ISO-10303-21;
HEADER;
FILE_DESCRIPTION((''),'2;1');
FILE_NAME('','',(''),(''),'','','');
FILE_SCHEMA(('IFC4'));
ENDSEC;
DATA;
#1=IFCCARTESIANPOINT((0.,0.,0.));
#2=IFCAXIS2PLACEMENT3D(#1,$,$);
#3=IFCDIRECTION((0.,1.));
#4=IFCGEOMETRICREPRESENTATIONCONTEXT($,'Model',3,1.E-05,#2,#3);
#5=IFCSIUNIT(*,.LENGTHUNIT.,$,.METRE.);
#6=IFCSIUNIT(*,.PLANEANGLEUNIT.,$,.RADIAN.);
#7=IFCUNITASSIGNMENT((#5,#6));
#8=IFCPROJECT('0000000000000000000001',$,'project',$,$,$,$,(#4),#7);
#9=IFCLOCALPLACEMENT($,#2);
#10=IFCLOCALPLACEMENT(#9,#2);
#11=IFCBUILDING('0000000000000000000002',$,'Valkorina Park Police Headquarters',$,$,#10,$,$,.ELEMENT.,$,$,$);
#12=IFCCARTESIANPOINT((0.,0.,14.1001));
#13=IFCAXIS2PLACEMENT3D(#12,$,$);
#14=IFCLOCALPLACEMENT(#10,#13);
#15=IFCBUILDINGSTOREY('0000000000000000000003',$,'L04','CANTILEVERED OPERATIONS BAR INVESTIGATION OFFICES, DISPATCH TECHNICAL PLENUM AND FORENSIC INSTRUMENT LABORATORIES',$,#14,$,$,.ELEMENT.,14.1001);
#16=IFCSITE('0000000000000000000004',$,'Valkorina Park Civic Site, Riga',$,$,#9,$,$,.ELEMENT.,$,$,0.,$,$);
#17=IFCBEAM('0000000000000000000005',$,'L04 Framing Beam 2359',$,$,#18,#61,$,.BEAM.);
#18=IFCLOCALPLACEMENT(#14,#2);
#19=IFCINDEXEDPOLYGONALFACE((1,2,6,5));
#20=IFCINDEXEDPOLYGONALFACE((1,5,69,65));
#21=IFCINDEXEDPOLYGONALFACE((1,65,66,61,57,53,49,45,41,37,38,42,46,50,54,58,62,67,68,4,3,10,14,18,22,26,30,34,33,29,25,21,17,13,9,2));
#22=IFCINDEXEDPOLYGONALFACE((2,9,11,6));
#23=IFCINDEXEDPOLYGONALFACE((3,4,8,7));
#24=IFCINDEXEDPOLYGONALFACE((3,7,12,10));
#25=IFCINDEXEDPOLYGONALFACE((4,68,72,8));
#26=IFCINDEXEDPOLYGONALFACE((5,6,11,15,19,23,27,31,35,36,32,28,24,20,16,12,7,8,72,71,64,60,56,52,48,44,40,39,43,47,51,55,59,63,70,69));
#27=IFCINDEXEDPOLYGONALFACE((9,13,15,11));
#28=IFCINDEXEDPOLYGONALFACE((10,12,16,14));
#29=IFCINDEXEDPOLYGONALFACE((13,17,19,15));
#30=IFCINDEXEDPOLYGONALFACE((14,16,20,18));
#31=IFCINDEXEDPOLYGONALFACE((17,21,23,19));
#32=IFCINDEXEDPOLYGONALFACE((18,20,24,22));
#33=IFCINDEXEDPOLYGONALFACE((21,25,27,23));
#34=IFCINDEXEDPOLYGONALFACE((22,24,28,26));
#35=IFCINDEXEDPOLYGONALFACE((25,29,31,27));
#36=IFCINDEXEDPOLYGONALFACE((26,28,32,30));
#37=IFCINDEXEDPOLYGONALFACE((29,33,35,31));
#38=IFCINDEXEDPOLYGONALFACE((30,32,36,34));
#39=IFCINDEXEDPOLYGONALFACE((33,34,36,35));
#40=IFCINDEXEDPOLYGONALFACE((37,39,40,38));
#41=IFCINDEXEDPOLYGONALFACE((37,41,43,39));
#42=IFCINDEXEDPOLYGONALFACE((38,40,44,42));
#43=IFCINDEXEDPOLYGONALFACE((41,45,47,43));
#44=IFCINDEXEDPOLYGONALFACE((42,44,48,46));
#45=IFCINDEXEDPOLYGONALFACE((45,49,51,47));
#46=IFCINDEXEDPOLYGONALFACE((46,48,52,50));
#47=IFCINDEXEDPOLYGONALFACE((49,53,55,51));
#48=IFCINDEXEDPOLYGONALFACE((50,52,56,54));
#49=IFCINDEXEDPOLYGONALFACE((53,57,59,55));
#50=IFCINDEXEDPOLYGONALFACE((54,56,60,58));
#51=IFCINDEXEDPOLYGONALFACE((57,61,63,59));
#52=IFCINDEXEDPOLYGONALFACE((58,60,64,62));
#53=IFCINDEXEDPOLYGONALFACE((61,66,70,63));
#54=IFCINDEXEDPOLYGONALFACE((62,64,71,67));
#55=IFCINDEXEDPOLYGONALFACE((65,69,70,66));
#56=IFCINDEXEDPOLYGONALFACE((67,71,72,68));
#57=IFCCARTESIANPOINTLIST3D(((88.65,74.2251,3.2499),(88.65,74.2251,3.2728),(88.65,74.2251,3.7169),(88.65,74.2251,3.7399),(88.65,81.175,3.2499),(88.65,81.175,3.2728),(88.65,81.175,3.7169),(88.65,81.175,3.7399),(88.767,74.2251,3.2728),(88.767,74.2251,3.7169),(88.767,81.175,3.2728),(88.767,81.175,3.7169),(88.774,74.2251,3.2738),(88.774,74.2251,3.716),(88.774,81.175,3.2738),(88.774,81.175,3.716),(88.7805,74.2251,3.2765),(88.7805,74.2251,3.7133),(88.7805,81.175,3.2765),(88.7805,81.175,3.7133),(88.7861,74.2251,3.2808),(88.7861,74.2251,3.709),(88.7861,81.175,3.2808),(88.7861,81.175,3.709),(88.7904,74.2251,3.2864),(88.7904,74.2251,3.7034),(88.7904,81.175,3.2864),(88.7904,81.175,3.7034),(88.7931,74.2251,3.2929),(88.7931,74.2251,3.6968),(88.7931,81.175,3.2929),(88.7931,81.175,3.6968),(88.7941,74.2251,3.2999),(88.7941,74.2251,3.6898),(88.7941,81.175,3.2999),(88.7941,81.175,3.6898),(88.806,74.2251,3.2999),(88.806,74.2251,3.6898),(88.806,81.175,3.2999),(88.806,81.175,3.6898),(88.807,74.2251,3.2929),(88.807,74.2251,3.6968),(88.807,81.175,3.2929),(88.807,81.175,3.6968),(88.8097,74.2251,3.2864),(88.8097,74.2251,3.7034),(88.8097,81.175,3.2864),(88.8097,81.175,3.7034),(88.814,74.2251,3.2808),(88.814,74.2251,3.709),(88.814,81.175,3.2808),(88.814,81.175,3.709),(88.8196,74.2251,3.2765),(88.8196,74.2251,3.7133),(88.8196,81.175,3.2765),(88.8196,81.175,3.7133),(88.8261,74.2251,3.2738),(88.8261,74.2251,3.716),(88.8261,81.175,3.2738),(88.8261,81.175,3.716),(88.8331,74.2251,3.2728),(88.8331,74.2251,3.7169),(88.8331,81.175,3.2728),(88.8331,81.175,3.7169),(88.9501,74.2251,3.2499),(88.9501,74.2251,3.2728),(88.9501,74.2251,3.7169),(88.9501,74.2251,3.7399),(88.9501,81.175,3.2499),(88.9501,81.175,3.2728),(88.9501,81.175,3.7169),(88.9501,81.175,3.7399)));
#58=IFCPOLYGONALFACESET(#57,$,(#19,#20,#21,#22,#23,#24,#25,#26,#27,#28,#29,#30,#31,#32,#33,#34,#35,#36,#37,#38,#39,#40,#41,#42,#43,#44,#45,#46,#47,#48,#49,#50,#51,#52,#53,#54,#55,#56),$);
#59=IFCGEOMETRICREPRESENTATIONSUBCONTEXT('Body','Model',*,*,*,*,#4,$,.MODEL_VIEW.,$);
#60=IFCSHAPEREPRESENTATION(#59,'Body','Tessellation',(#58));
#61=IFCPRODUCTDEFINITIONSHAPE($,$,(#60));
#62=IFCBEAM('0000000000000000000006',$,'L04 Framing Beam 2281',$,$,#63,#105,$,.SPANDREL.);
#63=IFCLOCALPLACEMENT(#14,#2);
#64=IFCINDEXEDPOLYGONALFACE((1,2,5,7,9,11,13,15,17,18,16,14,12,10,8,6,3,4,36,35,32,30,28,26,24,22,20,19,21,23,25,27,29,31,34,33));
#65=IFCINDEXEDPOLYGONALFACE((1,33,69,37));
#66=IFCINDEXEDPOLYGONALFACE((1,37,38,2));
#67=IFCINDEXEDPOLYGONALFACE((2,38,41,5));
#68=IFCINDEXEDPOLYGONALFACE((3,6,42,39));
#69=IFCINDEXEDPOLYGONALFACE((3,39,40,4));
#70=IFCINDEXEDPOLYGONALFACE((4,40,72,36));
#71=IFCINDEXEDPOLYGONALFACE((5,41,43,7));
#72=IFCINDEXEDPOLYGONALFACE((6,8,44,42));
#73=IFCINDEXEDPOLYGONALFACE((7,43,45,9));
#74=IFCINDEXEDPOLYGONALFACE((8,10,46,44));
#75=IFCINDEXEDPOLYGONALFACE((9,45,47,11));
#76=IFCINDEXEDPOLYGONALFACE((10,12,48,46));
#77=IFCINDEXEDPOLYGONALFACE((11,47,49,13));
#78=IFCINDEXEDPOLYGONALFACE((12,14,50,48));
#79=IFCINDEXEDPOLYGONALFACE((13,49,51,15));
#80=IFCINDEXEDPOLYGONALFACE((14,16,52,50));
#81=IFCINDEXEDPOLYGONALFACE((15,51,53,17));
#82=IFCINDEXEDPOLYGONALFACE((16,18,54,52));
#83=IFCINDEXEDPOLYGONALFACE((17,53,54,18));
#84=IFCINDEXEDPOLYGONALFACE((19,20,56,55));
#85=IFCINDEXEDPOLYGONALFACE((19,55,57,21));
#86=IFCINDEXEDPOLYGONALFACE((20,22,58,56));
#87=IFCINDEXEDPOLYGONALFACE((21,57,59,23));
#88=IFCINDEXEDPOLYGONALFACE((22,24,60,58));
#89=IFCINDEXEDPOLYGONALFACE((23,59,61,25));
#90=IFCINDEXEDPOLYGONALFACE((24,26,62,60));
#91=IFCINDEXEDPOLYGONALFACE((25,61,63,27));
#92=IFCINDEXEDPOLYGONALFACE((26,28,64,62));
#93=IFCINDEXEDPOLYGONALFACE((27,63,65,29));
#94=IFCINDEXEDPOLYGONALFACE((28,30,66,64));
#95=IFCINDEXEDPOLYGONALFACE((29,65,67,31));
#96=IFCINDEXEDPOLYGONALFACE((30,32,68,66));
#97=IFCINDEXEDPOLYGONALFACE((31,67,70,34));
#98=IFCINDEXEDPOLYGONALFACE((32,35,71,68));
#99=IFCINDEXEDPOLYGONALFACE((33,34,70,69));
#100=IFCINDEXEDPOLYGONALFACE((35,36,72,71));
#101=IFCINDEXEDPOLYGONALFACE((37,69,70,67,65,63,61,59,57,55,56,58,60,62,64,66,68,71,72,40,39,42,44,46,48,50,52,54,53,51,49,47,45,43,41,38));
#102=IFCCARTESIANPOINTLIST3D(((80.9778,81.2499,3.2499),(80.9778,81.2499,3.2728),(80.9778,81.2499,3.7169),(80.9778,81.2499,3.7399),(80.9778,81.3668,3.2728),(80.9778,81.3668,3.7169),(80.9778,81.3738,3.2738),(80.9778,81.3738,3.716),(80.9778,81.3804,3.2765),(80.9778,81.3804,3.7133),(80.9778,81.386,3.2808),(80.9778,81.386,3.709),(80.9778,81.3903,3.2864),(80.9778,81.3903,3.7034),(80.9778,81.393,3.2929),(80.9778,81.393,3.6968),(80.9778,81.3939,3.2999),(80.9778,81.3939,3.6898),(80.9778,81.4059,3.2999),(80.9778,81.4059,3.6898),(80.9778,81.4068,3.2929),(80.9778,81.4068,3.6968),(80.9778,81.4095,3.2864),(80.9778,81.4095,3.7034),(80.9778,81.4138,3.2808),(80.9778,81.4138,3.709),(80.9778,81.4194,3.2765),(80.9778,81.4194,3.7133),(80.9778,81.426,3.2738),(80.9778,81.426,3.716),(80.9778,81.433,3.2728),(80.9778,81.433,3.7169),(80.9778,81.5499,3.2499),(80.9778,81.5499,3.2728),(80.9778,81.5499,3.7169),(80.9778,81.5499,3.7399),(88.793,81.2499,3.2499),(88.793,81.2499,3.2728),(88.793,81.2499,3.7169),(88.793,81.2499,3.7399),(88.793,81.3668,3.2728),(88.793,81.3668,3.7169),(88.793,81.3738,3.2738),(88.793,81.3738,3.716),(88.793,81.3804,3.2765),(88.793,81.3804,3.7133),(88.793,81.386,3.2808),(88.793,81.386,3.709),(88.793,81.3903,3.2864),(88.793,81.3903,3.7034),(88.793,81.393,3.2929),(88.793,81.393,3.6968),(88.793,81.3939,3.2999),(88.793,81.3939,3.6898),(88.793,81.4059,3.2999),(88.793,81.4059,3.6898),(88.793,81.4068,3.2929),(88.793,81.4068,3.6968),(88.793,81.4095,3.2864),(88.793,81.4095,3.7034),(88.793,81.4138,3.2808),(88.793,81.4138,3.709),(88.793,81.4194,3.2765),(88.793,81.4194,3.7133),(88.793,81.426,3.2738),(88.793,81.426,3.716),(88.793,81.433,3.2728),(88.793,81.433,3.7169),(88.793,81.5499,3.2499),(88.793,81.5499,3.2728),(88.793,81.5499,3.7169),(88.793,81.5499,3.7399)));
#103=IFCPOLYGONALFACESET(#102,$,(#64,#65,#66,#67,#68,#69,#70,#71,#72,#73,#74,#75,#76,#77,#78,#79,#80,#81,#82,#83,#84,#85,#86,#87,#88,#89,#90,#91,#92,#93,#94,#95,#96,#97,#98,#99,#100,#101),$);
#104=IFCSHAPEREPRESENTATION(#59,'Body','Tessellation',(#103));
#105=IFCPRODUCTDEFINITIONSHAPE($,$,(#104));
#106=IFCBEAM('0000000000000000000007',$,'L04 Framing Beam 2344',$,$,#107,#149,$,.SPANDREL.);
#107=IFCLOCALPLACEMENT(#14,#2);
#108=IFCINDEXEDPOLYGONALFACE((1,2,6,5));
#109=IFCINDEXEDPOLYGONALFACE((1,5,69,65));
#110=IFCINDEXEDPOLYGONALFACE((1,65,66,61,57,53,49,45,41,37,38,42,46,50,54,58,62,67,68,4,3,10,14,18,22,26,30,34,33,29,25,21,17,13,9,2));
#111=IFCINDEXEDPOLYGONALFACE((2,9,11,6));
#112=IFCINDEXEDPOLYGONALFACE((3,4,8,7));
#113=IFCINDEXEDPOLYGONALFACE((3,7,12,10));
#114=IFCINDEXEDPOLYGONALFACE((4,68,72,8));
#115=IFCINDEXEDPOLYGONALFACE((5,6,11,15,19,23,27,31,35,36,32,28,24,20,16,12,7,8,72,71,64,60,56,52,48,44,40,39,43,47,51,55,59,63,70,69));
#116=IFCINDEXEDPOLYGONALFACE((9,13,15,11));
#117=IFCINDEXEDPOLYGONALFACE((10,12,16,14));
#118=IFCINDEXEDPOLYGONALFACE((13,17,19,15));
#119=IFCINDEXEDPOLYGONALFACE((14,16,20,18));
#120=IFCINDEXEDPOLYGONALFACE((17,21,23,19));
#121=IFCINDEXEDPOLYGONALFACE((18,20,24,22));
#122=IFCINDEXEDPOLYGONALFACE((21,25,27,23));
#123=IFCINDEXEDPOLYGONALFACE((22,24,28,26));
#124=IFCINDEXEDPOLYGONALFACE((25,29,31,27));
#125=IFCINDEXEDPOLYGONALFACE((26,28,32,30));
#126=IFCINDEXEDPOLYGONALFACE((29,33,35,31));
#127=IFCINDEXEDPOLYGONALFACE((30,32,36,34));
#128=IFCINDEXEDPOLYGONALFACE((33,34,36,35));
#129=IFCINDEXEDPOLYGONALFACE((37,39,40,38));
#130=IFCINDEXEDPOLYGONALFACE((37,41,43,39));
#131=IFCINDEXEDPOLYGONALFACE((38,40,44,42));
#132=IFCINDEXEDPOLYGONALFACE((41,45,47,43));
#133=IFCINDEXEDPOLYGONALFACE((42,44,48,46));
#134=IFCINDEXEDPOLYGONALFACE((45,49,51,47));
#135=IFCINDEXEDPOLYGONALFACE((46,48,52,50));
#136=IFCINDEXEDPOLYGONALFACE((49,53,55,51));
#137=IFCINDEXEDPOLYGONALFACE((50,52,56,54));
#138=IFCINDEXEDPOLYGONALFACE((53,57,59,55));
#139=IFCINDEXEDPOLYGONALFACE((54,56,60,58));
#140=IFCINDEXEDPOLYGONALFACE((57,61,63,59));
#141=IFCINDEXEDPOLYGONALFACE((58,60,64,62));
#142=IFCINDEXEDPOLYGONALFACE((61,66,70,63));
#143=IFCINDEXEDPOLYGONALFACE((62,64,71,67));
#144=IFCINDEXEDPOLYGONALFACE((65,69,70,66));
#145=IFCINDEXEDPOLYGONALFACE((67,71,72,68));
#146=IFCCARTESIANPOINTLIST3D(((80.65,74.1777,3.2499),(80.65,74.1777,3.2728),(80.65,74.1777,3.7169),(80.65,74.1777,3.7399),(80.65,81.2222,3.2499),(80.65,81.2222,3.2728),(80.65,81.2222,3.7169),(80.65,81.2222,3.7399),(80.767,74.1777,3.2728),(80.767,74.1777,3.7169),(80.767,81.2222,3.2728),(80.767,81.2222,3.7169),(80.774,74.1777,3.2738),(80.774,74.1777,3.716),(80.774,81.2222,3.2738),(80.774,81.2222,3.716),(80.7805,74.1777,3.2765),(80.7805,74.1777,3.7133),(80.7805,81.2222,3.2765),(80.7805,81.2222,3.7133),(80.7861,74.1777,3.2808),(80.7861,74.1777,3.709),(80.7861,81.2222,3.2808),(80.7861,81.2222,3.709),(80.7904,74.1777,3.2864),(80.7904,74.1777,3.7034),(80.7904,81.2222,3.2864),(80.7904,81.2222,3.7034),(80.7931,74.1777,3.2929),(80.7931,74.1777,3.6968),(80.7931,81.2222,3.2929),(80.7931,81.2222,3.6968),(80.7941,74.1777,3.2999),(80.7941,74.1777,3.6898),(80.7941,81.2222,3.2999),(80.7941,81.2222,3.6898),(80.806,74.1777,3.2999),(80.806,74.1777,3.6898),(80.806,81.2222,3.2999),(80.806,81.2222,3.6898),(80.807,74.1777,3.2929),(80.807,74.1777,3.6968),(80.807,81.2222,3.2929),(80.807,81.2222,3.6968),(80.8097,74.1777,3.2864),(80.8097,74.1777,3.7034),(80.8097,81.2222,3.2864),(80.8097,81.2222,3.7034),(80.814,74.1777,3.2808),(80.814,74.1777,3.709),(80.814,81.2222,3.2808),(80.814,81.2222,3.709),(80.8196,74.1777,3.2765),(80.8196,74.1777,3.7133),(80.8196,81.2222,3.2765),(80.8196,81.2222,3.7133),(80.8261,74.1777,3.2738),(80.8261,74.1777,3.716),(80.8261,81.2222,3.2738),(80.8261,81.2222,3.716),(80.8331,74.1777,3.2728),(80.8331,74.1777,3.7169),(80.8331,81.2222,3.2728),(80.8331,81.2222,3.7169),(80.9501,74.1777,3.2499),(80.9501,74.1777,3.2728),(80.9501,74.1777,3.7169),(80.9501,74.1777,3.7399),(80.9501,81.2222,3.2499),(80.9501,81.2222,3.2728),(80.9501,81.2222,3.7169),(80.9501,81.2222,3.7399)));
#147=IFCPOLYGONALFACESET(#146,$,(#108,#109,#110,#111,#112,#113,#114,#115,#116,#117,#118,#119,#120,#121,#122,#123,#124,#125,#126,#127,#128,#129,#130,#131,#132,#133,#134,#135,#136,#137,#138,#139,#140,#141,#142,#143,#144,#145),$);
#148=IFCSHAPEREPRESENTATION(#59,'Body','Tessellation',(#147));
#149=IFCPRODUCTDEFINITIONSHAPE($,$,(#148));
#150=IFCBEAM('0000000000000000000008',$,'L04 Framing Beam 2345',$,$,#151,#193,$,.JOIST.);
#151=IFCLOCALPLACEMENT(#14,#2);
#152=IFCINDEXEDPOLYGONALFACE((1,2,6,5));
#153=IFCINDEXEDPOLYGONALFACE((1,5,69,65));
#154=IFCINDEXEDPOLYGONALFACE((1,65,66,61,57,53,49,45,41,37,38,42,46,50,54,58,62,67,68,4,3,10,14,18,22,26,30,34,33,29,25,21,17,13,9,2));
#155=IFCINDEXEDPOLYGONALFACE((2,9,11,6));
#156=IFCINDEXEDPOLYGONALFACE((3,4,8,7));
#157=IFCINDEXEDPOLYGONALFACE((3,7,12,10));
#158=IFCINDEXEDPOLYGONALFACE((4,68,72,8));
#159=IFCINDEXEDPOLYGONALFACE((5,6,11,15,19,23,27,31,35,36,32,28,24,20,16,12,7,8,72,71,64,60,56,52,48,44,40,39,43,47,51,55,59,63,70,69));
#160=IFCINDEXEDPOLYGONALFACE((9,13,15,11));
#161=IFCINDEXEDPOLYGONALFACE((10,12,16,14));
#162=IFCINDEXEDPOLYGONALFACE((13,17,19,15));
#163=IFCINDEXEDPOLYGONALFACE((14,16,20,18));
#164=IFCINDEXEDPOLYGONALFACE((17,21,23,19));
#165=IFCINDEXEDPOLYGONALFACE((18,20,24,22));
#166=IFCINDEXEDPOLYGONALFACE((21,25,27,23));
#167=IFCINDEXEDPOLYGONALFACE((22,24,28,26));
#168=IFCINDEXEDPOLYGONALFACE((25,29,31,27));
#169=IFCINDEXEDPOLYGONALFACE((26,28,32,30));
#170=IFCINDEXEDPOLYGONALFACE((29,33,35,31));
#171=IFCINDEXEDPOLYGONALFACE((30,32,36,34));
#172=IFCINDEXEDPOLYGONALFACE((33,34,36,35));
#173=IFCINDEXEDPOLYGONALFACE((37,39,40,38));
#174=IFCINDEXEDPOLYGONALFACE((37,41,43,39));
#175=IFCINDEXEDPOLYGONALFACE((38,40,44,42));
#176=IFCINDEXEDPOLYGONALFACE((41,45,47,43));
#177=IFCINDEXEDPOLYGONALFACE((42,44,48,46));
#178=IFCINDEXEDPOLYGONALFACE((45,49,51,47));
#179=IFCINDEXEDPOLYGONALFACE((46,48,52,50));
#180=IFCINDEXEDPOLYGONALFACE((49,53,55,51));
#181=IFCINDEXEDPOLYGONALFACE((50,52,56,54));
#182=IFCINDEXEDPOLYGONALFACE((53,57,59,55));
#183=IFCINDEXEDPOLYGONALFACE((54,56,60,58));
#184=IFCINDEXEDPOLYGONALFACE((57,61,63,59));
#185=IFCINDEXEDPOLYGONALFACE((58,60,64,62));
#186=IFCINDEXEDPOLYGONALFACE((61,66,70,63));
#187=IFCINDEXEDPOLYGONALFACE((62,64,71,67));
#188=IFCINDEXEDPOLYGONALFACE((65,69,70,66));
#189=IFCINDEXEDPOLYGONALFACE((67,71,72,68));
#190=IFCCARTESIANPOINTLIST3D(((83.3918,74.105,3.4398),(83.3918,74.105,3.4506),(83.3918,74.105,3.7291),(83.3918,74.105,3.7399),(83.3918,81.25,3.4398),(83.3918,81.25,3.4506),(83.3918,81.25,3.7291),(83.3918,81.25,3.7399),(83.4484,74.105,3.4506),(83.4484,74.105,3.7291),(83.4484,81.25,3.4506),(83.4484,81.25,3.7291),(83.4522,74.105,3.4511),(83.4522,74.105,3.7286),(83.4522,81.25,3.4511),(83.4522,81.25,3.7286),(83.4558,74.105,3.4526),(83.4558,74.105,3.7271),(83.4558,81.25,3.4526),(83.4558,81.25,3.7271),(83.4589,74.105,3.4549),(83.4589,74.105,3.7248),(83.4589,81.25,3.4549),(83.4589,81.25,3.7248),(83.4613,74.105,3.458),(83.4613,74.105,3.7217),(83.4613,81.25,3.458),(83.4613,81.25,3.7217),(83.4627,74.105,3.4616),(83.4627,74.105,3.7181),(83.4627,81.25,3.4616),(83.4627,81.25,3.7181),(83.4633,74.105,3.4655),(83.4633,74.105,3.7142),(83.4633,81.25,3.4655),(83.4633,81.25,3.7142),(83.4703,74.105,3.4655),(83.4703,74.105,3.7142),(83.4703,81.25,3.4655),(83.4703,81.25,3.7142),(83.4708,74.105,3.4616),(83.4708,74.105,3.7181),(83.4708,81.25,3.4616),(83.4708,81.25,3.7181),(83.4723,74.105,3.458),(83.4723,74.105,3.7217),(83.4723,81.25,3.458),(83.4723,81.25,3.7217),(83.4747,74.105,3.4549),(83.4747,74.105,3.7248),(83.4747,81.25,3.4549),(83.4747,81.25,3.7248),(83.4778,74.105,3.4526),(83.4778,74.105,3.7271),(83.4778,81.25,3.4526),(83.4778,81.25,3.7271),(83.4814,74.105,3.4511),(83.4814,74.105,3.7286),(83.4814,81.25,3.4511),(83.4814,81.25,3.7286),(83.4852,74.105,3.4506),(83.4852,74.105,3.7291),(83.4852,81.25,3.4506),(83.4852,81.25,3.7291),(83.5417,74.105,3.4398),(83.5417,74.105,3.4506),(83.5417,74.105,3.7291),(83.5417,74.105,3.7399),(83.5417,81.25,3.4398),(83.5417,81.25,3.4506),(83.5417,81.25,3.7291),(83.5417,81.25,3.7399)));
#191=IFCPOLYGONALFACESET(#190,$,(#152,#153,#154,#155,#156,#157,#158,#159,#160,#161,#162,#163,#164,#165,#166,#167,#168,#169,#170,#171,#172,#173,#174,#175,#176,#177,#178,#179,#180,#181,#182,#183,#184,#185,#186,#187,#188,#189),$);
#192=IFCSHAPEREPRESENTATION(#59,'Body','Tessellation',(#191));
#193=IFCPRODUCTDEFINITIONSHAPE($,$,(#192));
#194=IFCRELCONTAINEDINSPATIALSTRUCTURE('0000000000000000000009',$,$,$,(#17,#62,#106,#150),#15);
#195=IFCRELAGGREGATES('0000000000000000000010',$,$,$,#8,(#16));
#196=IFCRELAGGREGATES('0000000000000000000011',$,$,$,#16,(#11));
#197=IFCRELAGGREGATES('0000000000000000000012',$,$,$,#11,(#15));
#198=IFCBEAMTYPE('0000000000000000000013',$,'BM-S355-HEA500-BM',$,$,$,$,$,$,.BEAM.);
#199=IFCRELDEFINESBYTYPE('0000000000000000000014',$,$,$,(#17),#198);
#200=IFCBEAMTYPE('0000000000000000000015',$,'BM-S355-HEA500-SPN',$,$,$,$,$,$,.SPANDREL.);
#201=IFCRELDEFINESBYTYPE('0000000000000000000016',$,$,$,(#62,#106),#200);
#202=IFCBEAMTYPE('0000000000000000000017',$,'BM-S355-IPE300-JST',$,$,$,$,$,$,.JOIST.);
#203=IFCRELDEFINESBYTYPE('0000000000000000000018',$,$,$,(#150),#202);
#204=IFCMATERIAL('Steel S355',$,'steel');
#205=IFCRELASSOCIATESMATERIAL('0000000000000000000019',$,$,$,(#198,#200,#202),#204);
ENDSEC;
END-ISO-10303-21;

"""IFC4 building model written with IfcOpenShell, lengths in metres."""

from ifc_helpers import new_model, si_unit, direction, frame, origin, origin_2d, place, context, subcontext, project, spatial, i_section, extrude, material, material_profile, profile_set, type_object, element, save


model = new_model("IFC4")

# Units and contexts
model_context = context("Model", 3, precision=1e-05, world=origin(), true_north=direction((0.0, 1.0)))
body_context = subcontext(model_context, "Body", "Model", "MODEL_VIEW")
ifc_project = project(units=[si_unit("LENGTHUNIT", "METRE"), si_unit("PLANEANGLEUNIT", "RADIAN")], contexts=[model_context])

# Site, building, storey
site_placement = place(None, origin())
site = spatial("IfcSite", under=ifc_project, at=site_placement, Name="Valkorina Park Civic Site, Riga", CompositionType="ELEMENT", RefElevation=0.0)
building_placement = place(site_placement, origin())
building = spatial("IfcBuilding", under=site, at=building_placement, Name="Valkorina Park Police Headquarters", CompositionType="ELEMENT")
storey_placement = place(building_placement, frame((0.0, 0.0, 14.1001)))
storey = spatial("IfcBuildingStorey", under=building, at=storey_placement, Name="L04", Description="CANTILEVERED OPERATIONS BAR INVESTIGATION OFFICES, DISPATCH TECHNICAL PLENUM AND FORENSIC INSTRUMENT LABORATORIES", CompositionType="ELEMENT", Elevation=14.1001)

# Shared definitions
ifc_material_1 = material(Name="Steel S355", Category="steel")

# Beams
ifc_material_profile_1 = material_profile(ifc_material_1, i_section(OverallWidth=0.3, OverallDepth=0.49, WebThickness=0.012, FlangeThickness=0.0229, FilletRadius=0.0271, at=origin_2d()), Name="HEA 500")
ifc_profile_set_1 = profile_set([ifc_material_profile_1], Name="Steel S355")
beam_type_1 = type_object("IfcBeamType", Name="BM-S355-HEA500-BM", PredefinedType="BEAM", material=ifc_profile_set_1)
beam_1_placement = place(storey_placement, frame((88.8, 74.2251, 3.4949), z_axis=(0.0, 1.0, 0.0), x_axis=(-1.0, 0.0, 0.0)))
element("IfcBeam", 1, at=beam_1_placement, inside=storey, type_object=beam_type_1, Name="L04 Framing Beam 2359", PredefinedType="BEAM", context=body_context, shape_type="SweptSolid", body=[
    extrude(i_section(OverallWidth=0.3, OverallDepth=0.49, WebThickness=0.012, FlangeThickness=0.0229, FilletRadius=0.0271, at=origin_2d()), origin(), (0.0, 0.0, 1.0), 6.95),
])
ifc_material_profile_2 = material_profile(ifc_material_1, i_section(OverallWidth=0.3, OverallDepth=0.49, WebThickness=0.012, FlangeThickness=0.0229, FilletRadius=0.0271, at=origin_2d()), Name="HEA 500")
ifc_profile_set_2 = profile_set([ifc_material_profile_2], Name="Steel S355")
beam_type_2 = type_object("IfcBeamType", Name="BM-S355-HEA500-SPN", PredefinedType="SPANDREL", material=ifc_profile_set_2)
beam_2_placement = place(storey_placement, frame((80.9778, 81.3999, 3.4949), z_axis=(1.0, 0.0, 0.0), x_axis=(0.0, 1.0, 0.0)))
element("IfcBeam", 2, at=beam_2_placement, inside=storey, type_object=beam_type_2, Name="L04 Framing Beam 2281", PredefinedType="SPANDREL", context=body_context, shape_type="SweptSolid", body=[
    extrude(i_section(OverallWidth=0.3, OverallDepth=0.49, WebThickness=0.012, FlangeThickness=0.0229, FilletRadius=0.0271, at=origin_2d()), origin(), (0.0, 0.0, 1.0), 7.8152),
])
beam_3_placement = place(storey_placement, frame((80.8, 74.1777, 3.4949), z_axis=(0.0, 1.0, 0.0), x_axis=(-1.0, 0.0, 0.0)))
element("IfcBeam", 3, at=beam_3_placement, inside=storey, type_object=beam_type_2, Name="L04 Framing Beam 2344", PredefinedType="SPANDREL", context=body_context, shape_type="SweptSolid", body=[
    extrude(i_section(OverallWidth=0.3, OverallDepth=0.49, WebThickness=0.012, FlangeThickness=0.0229, FilletRadius=0.0271, at=origin_2d()), origin(), (0.0, 0.0, 1.0), 7.0444),
])
ifc_material_profile_3 = material_profile(ifc_material_1, i_section(OverallWidth=0.1499, OverallDepth=0.3, WebThickness=0.0071, FlangeThickness=0.0107, FilletRadius=0.0149, at=origin_2d()), Name="IPE 300")
ifc_profile_set_3 = profile_set([ifc_material_profile_3], Name="Steel S355")
beam_type_3 = type_object("IfcBeamType", Name="BM-S355-IPE300-JST", PredefinedType="JOIST", material=ifc_profile_set_3)
for number, where, z_axis, x_axis, name in (
    (4, (83.4668, 74.105, 3.5898), (0.0, 1.0, 0.0), (-1.0, 0.0, 0.0), "L04 Framing Beam 2345"),
):
    element("IfcBeam", number, at=place(storey_placement, frame(where, z_axis=z_axis, x_axis=x_axis)), inside=storey, type_object=beam_type_3, Name=name, PredefinedType="JOIST", context=body_context, shape_type="SweptSolid", body=[
        extrude(i_section(OverallWidth=0.1499, OverallDepth=0.3, WebThickness=0.0071, FlangeThickness=0.0107, FilletRadius=0.0149, at=origin_2d()), origin(), (0.0, 0.0, 1.0), 7.145),
    ])

save(model, "model.ifc")
